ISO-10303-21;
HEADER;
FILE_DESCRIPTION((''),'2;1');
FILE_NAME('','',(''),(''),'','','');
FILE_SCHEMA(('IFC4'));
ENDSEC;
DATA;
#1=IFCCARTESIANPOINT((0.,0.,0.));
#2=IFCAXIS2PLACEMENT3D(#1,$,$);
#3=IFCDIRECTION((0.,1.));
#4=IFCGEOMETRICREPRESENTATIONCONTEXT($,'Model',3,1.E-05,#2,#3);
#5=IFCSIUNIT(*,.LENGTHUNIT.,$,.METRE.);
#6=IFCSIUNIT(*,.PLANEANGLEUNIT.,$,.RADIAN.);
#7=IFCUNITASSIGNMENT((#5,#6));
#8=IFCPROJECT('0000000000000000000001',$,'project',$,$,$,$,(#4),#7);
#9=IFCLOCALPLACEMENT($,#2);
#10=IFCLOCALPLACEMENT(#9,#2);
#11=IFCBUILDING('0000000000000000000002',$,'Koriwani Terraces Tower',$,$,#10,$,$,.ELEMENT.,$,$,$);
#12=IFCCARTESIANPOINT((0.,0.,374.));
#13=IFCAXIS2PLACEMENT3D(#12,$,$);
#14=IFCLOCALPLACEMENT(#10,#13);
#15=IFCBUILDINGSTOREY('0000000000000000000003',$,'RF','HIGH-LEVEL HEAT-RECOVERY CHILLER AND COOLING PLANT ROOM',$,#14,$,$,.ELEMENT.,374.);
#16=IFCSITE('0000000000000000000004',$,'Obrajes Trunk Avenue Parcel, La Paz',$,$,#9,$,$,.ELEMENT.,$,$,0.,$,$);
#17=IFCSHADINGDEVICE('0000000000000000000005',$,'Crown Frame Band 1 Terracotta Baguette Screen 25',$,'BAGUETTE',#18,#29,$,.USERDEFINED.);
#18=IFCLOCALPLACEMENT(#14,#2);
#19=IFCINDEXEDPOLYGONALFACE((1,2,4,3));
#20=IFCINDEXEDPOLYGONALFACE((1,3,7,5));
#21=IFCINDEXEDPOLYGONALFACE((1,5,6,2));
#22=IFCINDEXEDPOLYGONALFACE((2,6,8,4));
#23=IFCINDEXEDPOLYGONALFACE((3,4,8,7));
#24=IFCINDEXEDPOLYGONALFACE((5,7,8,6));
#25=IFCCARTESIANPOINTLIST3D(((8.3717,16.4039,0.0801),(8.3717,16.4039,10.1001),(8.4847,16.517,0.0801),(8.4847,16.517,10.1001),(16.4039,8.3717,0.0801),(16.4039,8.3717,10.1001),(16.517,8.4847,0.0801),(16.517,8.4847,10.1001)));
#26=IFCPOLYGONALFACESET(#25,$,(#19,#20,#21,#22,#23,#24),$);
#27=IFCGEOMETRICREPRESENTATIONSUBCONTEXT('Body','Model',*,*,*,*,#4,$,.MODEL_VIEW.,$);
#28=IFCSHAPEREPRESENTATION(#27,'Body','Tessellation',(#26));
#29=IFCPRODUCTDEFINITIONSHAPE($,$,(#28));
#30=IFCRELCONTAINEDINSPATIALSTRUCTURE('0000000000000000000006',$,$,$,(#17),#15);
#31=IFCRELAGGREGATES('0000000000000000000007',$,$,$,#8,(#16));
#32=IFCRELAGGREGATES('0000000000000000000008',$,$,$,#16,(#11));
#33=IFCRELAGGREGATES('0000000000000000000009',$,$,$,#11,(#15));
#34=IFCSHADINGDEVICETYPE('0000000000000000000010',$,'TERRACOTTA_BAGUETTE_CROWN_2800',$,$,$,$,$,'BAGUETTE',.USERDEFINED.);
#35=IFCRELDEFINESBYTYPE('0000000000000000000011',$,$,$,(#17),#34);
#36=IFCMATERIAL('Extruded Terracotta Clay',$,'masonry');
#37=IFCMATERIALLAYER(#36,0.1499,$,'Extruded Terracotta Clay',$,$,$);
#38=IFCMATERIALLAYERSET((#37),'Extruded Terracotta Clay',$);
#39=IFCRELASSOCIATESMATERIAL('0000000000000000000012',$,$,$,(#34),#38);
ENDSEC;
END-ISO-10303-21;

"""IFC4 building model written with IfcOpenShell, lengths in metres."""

from ifc_helpers import new_model, si_unit, direction, frame, origin, origin_2d, place, context, subcontext, project, spatial, rectangle, extrude, material, layer, layer_set, type_object, element, save


model = new_model("IFC4")

# Units and contexts
model_context = context("Model", 3, precision=1e-05, world=origin(), true_north=direction((0.0, 1.0)))
body_context = subcontext(model_context, "Body", "Model", "MODEL_VIEW")
ifc_project = project(units=[si_unit("LENGTHUNIT", "METRE"), si_unit("PLANEANGLEUNIT", "RADIAN")], contexts=[model_context])

# Site, building, storey
site_placement = place(None, origin())
site = spatial("IfcSite", under=ifc_project, at=site_placement, Name="Obrajes Trunk Avenue Parcel, La Paz", CompositionType="ELEMENT", RefElevation=0.0)
building_placement = place(site_placement, origin())
building = spatial("IfcBuilding", under=site, at=building_placement, Name="Koriwani Terraces Tower", CompositionType="ELEMENT")
storey_placement = place(building_placement, frame((0.0, 0.0, 374.0)))
storey = spatial("IfcBuildingStorey", under=building, at=storey_placement, Name="RF", Description="HIGH-LEVEL HEAT-RECOVERY CHILLER AND COOLING PLANT ROOM", CompositionType="ELEMENT", Elevation=374.0)

# Shading device
ifc_material_1 = material(Name="Extruded Terracotta Clay", Category="masonry")
ifc_layer_1 = layer(ifc_material_1, 0.1499, Name="Extruded Terracotta Clay")
ifc_layer_set_1 = layer_set([ifc_layer_1], Name="Extruded Terracotta Clay")
shading_device_type = type_object("IfcShadingDeviceType", Name="TERRACOTTA_BAGUETTE_CROWN_2800", ElementType="BAGUETTE", PredefinedType="USERDEFINED", material=ifc_layer_set_1)
shading_device_placement = place(storey_placement, frame((12.4443, 12.4443, 0.0801), z_axis=(0.0, 0.0, 1.0), x_axis=(0.707107, -0.707107, 0.0)))
element("IfcShadingDevice", 1, at=shading_device_placement, inside=storey, type_object=shading_device_type, Name="Crown Frame Band 1 Terracotta Baguette Screen 25", ObjectType="BAGUETTE", PredefinedType="USERDEFINED", context=body_context, shape_type="SweptSolid", body=[
    extrude(rectangle(XDim=11.3594, YDim=0.1599, at=origin_2d()), origin(), (0.0, 0.0, 1.0), 10.02),
])

save(model, "model.ifc")
